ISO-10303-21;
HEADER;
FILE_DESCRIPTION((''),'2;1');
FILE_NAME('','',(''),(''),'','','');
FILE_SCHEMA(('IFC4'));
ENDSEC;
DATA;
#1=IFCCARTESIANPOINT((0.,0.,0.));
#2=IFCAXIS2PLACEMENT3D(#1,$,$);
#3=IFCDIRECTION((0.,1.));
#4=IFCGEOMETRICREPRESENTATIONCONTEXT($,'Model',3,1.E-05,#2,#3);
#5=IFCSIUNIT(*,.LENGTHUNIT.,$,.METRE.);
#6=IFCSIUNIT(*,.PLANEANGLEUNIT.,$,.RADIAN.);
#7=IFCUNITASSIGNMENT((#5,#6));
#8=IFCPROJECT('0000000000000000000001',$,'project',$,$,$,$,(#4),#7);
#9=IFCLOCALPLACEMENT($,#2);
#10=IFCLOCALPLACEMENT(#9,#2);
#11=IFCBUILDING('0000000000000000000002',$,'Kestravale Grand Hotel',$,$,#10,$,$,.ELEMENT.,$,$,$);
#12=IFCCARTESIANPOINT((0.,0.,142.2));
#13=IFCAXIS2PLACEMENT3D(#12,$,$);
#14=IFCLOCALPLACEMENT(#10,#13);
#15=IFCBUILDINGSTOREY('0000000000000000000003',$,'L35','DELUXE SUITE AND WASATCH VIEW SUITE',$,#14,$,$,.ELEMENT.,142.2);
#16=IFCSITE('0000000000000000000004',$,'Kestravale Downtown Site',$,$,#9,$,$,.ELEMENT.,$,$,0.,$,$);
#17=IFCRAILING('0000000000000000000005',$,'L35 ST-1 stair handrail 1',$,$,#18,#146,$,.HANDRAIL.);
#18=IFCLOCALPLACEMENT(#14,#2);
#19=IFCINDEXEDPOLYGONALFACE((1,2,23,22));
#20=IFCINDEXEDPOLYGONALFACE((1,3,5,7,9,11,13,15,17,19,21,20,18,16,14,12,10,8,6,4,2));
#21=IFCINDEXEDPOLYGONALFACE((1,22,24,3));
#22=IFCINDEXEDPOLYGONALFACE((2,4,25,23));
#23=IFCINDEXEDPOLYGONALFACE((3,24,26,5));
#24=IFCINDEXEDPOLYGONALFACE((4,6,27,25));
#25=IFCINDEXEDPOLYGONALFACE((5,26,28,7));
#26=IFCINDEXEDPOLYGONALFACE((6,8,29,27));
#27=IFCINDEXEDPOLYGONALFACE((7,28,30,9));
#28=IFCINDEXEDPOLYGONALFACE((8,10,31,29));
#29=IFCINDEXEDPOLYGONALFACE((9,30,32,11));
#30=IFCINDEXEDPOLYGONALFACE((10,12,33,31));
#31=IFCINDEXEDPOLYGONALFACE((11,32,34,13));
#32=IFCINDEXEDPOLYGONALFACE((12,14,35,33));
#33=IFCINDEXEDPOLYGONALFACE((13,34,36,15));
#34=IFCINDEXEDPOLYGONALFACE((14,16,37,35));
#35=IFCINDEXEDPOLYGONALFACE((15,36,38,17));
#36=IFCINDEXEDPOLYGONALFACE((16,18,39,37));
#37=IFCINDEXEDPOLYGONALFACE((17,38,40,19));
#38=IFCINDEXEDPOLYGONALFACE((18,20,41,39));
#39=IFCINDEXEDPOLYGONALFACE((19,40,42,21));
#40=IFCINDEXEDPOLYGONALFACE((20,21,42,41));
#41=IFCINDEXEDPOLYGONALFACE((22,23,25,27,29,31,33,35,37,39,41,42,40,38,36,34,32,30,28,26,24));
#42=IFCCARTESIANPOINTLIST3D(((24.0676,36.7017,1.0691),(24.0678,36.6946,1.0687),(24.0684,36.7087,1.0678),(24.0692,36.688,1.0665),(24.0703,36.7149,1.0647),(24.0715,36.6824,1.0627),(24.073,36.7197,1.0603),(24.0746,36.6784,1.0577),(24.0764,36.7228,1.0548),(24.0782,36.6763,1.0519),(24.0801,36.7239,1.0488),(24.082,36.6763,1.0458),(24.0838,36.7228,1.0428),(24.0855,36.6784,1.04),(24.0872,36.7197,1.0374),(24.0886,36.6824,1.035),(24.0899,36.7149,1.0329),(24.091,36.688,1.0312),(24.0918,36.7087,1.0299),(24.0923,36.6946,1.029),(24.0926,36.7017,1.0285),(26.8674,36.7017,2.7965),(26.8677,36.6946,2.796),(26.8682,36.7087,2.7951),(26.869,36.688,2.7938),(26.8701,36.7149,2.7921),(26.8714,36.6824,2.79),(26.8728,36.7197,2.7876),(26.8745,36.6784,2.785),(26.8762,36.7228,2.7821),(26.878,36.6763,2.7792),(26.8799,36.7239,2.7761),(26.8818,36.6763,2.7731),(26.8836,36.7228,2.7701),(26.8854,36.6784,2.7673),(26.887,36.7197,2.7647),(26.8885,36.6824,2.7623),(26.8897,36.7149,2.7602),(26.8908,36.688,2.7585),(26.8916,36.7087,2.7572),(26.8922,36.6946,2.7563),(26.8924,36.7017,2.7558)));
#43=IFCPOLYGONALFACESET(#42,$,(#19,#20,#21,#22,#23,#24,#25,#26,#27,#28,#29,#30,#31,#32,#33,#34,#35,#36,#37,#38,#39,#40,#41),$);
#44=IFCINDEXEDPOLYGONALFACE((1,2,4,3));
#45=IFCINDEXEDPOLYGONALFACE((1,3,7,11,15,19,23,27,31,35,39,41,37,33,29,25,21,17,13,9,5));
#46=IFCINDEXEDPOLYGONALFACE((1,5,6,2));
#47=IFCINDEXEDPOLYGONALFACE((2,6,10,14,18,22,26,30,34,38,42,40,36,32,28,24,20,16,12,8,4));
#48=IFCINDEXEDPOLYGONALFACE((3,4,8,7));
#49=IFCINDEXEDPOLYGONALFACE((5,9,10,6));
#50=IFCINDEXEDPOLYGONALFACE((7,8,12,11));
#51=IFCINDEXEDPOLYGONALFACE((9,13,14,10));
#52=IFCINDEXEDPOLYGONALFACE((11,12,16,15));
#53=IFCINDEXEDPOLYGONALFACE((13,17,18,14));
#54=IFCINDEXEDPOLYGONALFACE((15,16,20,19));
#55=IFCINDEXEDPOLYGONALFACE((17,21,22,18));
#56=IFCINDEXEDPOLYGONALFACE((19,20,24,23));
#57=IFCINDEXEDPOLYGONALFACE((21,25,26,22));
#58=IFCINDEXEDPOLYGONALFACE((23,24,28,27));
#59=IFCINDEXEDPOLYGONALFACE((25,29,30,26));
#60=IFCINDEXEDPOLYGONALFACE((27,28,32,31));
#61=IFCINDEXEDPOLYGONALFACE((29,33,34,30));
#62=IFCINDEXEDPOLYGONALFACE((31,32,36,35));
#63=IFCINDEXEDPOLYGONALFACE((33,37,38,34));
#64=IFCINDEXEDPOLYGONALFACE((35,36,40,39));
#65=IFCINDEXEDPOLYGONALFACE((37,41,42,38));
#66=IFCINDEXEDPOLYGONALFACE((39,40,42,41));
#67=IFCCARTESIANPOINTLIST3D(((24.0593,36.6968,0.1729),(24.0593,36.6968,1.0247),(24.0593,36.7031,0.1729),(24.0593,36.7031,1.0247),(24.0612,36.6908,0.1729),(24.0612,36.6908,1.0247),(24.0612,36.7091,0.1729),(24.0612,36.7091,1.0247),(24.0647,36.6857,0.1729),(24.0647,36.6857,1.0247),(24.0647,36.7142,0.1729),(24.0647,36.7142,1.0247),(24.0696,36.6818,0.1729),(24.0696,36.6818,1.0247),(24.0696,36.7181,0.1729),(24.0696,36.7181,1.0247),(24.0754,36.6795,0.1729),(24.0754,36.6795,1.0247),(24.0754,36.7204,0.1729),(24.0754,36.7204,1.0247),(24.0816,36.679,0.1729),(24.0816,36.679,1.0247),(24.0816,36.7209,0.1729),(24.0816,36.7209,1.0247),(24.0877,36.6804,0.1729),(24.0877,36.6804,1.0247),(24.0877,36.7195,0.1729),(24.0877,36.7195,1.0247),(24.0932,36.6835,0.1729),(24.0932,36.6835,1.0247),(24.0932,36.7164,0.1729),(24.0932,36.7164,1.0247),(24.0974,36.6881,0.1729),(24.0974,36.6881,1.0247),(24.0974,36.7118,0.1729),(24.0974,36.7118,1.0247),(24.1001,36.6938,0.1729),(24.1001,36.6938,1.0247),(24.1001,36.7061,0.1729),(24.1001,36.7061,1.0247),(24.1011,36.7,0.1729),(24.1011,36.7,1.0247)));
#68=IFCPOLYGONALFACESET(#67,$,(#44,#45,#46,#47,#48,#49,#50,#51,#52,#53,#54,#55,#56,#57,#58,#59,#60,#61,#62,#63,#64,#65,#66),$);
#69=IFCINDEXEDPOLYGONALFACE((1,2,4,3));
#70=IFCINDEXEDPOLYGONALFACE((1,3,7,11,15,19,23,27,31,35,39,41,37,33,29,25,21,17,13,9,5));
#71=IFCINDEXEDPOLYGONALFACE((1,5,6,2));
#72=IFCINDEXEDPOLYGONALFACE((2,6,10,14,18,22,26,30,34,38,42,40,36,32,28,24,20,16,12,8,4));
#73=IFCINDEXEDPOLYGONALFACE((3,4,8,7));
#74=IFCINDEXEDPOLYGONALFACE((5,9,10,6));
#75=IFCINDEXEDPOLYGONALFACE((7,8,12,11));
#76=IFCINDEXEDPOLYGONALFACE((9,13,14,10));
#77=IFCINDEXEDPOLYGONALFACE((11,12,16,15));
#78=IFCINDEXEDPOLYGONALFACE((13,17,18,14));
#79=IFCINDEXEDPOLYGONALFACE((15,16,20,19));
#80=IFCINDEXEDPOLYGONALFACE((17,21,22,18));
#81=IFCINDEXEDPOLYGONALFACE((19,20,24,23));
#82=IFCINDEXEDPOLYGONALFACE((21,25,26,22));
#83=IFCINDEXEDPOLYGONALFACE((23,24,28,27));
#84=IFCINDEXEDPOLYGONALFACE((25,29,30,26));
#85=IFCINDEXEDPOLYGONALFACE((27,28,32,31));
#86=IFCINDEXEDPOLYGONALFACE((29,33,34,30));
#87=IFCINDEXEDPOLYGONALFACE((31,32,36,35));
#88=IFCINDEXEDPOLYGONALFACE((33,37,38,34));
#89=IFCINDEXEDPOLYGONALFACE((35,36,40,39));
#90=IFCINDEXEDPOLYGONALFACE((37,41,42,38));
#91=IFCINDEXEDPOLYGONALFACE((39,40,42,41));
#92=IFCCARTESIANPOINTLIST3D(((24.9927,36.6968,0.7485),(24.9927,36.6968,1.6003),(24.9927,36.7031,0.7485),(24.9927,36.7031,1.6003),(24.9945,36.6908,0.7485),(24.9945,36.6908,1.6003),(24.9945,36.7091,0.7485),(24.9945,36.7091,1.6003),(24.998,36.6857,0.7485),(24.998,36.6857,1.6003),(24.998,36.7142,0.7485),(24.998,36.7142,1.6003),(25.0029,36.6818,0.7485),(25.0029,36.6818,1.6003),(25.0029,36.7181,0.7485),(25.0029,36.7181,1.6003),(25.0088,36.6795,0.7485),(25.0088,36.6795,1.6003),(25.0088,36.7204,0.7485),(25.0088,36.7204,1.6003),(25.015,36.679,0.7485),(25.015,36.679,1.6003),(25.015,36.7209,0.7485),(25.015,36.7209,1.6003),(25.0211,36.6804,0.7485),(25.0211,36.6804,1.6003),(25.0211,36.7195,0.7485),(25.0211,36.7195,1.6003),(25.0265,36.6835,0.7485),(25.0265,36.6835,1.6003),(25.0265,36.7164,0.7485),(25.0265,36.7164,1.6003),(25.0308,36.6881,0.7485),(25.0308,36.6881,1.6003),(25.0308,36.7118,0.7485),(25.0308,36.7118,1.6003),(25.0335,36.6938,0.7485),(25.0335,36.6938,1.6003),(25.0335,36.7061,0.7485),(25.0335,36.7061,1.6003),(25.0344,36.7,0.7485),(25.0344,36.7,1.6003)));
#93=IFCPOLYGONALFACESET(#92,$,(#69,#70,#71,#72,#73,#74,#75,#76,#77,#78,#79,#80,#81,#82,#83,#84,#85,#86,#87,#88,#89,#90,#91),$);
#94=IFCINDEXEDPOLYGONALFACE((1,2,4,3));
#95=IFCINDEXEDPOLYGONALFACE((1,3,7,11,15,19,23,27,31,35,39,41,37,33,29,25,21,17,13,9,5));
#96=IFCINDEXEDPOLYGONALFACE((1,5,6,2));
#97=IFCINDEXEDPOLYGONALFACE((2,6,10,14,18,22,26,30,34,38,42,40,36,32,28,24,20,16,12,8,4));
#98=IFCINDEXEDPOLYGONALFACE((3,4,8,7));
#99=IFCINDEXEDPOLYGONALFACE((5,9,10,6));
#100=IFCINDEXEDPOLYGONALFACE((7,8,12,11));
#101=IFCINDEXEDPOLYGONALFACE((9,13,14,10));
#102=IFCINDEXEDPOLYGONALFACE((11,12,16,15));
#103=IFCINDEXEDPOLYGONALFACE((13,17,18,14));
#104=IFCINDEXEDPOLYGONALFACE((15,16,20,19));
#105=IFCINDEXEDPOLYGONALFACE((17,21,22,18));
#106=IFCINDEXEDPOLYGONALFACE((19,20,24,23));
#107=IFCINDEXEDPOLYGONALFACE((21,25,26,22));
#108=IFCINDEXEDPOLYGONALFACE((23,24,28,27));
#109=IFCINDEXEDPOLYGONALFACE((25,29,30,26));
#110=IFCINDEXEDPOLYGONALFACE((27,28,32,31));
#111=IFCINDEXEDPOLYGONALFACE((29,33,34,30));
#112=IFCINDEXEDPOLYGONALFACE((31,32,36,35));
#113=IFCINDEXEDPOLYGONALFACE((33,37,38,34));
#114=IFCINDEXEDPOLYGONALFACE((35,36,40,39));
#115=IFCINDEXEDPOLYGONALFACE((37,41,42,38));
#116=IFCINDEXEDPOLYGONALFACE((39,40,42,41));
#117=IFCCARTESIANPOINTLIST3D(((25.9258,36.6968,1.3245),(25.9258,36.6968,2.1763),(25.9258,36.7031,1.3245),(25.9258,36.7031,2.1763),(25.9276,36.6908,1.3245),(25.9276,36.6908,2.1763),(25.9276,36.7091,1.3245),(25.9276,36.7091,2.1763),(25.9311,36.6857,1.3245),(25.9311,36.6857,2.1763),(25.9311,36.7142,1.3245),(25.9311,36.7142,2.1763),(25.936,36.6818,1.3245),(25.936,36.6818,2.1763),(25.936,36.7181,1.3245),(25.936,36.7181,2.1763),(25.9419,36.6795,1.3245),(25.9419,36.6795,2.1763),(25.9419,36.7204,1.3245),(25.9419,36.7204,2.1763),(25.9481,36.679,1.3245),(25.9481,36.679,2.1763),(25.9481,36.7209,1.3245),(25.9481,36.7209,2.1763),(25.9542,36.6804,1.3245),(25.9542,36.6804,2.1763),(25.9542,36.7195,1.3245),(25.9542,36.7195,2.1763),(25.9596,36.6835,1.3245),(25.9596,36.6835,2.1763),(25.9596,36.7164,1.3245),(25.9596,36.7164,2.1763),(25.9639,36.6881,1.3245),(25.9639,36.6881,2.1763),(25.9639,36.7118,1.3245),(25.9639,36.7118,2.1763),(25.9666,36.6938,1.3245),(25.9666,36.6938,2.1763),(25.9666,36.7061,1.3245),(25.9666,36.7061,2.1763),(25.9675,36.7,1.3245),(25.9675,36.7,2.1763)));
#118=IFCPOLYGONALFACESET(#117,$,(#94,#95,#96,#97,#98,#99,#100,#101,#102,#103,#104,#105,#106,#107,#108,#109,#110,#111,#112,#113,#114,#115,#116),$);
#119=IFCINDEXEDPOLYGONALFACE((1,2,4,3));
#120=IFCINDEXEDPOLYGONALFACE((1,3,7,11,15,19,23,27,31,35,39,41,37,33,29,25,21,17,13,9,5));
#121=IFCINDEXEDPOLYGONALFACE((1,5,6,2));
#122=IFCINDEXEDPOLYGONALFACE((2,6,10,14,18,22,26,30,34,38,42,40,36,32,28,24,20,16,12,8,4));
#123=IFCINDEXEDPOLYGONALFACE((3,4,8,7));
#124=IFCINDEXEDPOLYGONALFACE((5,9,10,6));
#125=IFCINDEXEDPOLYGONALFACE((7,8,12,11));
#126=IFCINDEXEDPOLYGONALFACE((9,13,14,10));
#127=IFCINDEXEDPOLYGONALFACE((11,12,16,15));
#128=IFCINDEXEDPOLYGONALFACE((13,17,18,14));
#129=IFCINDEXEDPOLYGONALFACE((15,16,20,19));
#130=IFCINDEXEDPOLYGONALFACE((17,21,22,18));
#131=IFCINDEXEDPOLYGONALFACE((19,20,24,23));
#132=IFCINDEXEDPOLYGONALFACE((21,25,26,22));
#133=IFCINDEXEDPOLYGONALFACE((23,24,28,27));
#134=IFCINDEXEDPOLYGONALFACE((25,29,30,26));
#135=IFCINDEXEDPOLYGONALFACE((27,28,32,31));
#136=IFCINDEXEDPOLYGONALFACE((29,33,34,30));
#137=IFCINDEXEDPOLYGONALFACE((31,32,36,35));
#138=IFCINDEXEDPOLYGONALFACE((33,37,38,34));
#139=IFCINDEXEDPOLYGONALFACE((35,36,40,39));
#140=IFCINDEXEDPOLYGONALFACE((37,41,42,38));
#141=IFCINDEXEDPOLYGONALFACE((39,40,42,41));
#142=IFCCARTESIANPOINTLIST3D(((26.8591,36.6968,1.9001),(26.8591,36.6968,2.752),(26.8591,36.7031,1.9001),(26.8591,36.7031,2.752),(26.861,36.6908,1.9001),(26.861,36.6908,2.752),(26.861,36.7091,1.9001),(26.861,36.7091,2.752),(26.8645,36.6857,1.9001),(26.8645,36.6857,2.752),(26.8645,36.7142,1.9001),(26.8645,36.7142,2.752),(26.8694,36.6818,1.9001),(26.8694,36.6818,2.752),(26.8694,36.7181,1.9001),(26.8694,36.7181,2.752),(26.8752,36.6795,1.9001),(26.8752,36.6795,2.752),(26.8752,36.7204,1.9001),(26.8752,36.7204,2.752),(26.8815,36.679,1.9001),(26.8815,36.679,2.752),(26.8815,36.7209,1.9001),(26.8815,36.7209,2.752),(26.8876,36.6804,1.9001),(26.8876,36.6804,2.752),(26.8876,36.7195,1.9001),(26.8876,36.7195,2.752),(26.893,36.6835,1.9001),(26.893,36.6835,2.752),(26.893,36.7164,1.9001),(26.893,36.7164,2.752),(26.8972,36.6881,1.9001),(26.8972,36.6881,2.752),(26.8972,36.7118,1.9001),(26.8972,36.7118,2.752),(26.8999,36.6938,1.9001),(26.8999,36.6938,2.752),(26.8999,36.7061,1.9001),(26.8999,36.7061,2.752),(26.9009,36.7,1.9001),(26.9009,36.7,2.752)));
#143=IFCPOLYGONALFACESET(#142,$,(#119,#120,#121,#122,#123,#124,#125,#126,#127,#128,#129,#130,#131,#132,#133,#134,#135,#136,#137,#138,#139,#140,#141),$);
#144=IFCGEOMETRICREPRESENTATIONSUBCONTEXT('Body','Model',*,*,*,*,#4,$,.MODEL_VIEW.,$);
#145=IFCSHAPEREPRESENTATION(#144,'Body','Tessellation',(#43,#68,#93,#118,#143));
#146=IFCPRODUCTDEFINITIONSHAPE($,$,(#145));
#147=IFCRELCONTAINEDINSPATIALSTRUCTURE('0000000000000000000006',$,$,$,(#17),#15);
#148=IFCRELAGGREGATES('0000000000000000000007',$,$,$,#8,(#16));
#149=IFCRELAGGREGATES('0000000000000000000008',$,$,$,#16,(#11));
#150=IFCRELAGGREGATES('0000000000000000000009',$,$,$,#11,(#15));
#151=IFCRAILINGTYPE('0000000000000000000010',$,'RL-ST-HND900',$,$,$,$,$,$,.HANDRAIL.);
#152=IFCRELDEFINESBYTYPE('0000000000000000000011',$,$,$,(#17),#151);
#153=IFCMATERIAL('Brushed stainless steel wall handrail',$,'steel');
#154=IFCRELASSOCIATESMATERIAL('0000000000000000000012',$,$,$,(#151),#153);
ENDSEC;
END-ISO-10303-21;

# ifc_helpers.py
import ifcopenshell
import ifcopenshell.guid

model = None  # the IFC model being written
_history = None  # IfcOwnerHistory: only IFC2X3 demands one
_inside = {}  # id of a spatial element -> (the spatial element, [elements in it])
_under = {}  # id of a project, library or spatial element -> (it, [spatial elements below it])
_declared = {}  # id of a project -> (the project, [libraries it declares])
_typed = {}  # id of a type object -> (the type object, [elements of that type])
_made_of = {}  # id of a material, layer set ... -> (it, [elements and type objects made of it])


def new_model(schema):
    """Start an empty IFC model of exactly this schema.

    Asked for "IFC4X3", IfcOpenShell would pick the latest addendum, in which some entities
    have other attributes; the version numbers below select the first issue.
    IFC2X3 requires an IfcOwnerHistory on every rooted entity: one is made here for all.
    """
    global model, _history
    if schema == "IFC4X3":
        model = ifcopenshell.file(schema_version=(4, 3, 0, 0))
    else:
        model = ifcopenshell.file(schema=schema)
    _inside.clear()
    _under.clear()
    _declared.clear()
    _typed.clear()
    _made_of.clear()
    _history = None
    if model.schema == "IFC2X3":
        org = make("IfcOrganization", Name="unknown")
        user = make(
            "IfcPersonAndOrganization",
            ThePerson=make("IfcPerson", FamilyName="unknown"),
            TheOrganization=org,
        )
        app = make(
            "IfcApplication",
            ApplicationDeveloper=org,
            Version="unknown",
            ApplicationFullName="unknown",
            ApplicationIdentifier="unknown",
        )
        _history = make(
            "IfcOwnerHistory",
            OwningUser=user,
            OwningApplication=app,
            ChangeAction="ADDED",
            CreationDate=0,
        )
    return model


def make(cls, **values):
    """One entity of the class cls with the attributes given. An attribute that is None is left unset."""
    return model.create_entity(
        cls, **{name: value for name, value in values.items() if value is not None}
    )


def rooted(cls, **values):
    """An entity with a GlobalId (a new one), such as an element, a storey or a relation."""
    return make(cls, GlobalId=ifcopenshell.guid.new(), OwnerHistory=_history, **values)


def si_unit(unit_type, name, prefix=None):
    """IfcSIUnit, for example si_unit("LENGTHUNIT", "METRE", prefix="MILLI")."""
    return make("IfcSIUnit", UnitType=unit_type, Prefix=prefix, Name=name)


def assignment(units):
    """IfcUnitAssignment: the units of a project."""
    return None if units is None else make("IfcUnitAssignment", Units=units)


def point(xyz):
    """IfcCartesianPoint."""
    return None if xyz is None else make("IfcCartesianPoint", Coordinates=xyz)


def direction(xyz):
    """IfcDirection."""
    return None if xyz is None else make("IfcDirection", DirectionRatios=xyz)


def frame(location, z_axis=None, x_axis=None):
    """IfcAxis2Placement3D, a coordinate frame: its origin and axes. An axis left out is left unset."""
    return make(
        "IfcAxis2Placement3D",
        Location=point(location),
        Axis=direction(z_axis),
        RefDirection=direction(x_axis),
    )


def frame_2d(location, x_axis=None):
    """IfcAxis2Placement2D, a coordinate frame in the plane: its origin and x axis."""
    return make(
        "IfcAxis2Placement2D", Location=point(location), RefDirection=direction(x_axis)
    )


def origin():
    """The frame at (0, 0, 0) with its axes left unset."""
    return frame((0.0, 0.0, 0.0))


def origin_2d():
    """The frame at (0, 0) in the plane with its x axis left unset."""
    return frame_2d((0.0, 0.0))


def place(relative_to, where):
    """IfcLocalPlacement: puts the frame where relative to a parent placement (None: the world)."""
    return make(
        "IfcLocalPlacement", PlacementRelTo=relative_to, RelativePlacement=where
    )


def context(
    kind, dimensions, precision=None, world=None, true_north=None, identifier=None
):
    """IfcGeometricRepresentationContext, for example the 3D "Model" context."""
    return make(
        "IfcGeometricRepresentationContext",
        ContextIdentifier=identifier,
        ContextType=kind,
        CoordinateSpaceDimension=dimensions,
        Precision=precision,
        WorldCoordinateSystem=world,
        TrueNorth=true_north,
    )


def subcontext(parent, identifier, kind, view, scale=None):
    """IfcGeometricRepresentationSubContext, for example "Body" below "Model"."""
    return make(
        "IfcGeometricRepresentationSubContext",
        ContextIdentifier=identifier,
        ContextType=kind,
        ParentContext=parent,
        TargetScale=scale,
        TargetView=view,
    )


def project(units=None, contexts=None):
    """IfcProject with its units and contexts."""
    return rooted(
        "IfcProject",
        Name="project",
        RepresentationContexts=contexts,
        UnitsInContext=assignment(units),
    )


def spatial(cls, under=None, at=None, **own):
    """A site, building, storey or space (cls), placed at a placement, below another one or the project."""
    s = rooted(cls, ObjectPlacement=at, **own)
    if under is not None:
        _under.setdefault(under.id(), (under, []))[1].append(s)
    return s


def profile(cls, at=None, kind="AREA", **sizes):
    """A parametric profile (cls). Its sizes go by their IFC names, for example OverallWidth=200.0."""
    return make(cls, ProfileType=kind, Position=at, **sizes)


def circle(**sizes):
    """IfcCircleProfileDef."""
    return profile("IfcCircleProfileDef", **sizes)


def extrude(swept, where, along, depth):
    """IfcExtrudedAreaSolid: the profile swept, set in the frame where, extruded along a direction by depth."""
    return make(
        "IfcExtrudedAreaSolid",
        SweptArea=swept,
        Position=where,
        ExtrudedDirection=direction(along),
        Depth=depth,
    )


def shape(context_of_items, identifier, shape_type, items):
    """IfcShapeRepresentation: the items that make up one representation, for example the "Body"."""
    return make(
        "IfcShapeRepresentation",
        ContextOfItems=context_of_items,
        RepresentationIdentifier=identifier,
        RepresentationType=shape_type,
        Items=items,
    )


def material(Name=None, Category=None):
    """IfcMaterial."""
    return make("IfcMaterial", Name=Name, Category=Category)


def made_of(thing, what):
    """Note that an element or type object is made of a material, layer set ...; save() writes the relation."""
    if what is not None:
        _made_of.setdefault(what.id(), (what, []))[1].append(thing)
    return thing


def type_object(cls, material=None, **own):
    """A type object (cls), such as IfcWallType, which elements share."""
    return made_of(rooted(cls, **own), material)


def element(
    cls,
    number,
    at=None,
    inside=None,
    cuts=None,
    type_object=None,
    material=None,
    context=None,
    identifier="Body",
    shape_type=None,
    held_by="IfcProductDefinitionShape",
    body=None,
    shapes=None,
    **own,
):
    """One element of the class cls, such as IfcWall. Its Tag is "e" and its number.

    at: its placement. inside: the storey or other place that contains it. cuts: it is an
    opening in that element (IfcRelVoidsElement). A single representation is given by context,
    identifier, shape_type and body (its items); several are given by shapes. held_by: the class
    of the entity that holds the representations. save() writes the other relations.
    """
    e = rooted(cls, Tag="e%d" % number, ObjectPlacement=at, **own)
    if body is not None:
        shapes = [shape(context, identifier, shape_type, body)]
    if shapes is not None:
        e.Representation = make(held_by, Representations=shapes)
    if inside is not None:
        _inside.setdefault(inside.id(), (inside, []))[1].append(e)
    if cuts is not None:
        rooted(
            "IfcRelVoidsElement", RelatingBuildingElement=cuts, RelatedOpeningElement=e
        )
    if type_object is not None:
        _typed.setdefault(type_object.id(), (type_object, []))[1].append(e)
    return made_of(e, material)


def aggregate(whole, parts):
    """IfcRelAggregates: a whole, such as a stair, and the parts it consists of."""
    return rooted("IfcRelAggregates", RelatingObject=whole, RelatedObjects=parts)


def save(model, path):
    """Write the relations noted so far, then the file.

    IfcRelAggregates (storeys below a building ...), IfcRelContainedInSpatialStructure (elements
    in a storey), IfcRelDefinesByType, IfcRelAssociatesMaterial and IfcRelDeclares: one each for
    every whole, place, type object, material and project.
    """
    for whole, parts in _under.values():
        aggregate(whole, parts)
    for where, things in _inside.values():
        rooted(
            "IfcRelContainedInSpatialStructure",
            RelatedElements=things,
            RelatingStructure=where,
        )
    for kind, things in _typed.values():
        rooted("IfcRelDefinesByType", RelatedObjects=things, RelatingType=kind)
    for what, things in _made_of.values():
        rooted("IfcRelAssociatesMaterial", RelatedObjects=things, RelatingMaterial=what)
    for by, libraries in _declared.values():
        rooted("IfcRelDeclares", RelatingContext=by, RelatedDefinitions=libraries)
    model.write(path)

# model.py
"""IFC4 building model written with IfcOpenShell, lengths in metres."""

from ifc_helpers import new_model, si_unit, direction, frame, origin, origin_2d, place, context, subcontext, project, spatial, circle, extrude, material, type_object, element, save


model = new_model("IFC4")

# Units and contexts
model_context = context("Model", 3, precision=1e-05, world=origin(), true_north=direction((0.0, 1.0)))
body_context = subcontext(model_context, "Body", "Model", "MODEL_VIEW")
ifc_project = project(units=[si_unit("LENGTHUNIT", "METRE"), si_unit("PLANEANGLEUNIT", "RADIAN")], contexts=[model_context])

# Site, building, storey
site_placement = place(None, origin())
site = spatial("IfcSite", under=ifc_project, at=site_placement, Name="Kestravale Downtown Site", CompositionType="ELEMENT", RefElevation=0.0)
building_placement = place(site_placement, origin())
building = spatial("IfcBuilding", under=site, at=building_placement, Name="Kestravale Grand Hotel", CompositionType="ELEMENT")
storey_placement = place(building_placement, frame((0.0, 0.0, 142.2)))
storey = spatial("IfcBuildingStorey", under=building, at=storey_placement, Name="L35", Description="DELUXE SUITE AND WASATCH VIEW SUITE", CompositionType="ELEMENT", Elevation=142.2)

# Railing
ifc_material_1 = material(Name="Brushed stainless steel wall handrail", Category="steel")
railing_type_1 = type_object("IfcRailingType", Name="RL-ST-HND900", PredefinedType="HANDRAIL", material=ifc_material_1)
railing_1_placement = place(storey_placement, frame((24.0801, 36.7, 0.1729)))
element("IfcRailing", 1, at=railing_1_placement, inside=storey, type_object=railing_type_1, Name="L35 ST-1 stair handrail 1", PredefinedType="HANDRAIL", context=body_context, shape_type="SweptSolid", body=[
    extrude(circle(Radius=0.0239, at=origin_2d()), frame((0.0, 0.0, 0.876), z_axis=(0.851069, 0.0, 0.525054), x_axis=(0.0, 1.0, 0.0)), (0.0, 0.0, 1.0), 3.2898),
    extrude(circle(Radius=0.021, at=origin_2d()), origin(), (0.0, 0.0, 1.0), 0.8518),
    extrude(circle(Radius=0.021, at=origin_2d()), frame((0.9333, 0.0, 0.5757)), (0.0, 0.0, 1.0), 0.8518),
    extrude(circle(Radius=0.021, at=origin_2d()), frame((1.8665, 0.0, 1.1516)), (0.0, 0.0, 1.0), 0.8518),
    extrude(circle(Radius=0.021, at=origin_2d()), frame((2.7998, 0.0, 1.7273)), (0.0, 0.0, 1.0), 0.8518),
])

save(model, "model.ifc")
